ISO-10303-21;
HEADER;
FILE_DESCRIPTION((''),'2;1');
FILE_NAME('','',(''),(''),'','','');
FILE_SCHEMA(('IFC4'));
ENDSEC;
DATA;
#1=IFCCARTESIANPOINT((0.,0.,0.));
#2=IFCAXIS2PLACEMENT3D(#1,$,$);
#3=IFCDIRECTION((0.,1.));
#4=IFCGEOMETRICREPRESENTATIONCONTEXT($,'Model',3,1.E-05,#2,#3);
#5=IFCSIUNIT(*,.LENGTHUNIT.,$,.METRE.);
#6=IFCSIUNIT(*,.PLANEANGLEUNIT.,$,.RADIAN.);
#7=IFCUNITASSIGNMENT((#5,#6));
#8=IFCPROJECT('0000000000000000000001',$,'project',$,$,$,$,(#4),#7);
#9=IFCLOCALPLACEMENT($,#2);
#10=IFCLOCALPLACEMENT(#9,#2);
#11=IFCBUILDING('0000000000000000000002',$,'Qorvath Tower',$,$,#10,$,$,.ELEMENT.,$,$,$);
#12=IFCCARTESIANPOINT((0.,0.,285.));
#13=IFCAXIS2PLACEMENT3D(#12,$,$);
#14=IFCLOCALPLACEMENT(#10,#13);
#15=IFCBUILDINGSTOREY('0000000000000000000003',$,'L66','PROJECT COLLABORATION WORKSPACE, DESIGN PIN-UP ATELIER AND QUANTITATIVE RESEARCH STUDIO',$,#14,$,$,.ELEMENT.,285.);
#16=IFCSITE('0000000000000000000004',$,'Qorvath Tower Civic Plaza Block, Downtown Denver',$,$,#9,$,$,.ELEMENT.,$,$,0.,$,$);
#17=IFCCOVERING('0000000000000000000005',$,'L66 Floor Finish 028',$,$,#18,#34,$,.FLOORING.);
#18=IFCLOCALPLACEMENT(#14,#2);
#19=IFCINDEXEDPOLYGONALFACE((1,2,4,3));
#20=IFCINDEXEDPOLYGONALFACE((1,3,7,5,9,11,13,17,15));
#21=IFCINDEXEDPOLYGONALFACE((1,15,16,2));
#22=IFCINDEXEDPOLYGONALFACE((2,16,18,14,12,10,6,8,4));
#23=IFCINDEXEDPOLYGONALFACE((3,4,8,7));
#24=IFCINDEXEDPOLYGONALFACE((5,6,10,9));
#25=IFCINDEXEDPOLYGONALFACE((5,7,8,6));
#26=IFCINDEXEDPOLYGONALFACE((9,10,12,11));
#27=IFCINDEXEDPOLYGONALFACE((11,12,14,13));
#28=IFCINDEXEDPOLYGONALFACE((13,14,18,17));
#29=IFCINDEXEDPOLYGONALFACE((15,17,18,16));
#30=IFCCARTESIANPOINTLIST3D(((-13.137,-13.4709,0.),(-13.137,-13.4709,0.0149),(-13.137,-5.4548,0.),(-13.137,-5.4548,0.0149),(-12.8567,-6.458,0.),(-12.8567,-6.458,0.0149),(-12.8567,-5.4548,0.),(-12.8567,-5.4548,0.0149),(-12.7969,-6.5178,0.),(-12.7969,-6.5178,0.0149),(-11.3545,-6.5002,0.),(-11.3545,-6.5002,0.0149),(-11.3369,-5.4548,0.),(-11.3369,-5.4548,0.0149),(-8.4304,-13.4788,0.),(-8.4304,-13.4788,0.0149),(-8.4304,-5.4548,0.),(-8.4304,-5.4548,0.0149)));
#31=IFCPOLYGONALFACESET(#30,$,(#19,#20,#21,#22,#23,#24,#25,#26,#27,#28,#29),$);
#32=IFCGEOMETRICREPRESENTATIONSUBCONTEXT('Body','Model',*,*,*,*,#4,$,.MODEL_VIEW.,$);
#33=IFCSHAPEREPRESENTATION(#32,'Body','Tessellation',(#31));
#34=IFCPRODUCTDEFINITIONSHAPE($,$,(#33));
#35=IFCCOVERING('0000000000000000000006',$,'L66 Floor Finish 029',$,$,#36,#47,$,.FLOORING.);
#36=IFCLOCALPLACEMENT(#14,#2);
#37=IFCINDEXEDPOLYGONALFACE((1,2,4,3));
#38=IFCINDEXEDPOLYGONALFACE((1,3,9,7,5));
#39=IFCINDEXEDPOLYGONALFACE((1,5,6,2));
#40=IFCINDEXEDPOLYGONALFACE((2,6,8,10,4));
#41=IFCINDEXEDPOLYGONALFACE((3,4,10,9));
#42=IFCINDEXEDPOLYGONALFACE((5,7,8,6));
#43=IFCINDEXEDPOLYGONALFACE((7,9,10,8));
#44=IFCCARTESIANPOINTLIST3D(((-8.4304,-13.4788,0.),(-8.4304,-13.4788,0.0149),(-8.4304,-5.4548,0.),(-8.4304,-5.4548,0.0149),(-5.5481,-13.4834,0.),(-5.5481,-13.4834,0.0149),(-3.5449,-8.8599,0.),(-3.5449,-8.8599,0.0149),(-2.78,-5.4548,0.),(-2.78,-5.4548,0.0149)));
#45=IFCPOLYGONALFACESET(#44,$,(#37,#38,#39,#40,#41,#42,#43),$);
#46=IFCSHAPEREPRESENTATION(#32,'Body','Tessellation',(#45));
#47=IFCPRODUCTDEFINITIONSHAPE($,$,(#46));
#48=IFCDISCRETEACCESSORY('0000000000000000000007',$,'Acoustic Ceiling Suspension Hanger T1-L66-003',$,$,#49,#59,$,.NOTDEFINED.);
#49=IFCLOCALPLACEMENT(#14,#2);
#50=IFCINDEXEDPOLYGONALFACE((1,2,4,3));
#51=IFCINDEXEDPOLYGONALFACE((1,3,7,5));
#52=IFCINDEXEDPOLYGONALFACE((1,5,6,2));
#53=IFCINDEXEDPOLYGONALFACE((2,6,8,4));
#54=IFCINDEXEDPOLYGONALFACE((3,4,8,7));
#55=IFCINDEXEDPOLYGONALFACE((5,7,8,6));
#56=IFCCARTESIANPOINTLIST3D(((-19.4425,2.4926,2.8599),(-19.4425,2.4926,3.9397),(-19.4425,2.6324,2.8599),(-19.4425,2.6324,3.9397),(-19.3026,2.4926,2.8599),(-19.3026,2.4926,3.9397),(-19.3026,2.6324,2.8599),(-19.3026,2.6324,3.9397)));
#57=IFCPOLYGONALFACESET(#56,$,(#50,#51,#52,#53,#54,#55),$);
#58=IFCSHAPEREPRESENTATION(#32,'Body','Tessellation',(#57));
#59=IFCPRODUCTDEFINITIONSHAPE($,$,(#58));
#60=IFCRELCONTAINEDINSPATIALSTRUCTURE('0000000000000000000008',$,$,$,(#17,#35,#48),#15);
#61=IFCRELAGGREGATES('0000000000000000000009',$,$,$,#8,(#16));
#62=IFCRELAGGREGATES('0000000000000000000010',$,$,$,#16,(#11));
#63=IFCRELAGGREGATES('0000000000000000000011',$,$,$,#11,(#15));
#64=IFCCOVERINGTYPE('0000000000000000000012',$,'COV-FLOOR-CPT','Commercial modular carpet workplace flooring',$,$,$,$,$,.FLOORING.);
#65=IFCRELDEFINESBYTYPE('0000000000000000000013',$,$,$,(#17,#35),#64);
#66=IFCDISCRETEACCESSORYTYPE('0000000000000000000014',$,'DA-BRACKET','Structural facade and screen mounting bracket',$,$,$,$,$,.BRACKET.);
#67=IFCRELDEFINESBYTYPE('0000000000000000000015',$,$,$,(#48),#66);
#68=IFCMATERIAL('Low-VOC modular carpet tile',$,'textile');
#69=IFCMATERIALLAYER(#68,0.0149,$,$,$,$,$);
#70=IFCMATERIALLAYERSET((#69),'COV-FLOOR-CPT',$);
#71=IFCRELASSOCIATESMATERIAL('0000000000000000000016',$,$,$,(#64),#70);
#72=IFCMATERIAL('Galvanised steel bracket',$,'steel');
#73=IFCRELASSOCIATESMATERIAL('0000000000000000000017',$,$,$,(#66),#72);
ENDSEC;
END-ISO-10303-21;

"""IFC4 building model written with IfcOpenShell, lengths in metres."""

from ifc_helpers import new_model, si_unit, direction, frame, origin, origin_2d, place, context, subcontext, project, spatial, polyline, rectangle, outline, extrude, material, layer, layer_set, type_object, element, save


model = new_model("IFC4")

# Units and contexts
model_context = context("Model", 3, precision=1e-05, world=origin(), true_north=direction((0.0, 1.0)))
body_context = subcontext(model_context, "Body", "Model", "MODEL_VIEW")
ifc_project = project(units=[si_unit("LENGTHUNIT", "METRE"), si_unit("PLANEANGLEUNIT", "RADIAN")], contexts=[model_context])

# Site, building, storey
site_placement = place(None, origin())
site = spatial("IfcSite", under=ifc_project, at=site_placement, Name="Qorvath Tower Civic Plaza Block, Downtown Denver", CompositionType="ELEMENT", RefElevation=0.0)
building_placement = place(site_placement, origin())
building = spatial("IfcBuilding", under=site, at=building_placement, Name="Qorvath Tower", CompositionType="ELEMENT")
storey_placement = place(building_placement, frame((0.0, 0.0, 285.0)))
storey = spatial("IfcBuildingStorey", under=building, at=storey_placement, Name="L66", Description="PROJECT COLLABORATION WORKSPACE, DESIGN PIN-UP ATELIER AND QUANTITATIVE RESEARCH STUDIO", CompositionType="ELEMENT", Elevation=285.0)

# Coverings
ifc_material_1 = material(Name="Low-VOC modular carpet tile", Category="textile")
ifc_layer_1 = layer(ifc_material_1, 0.0149)
ifc_layer_set_1 = layer_set([ifc_layer_1], Name="COV-FLOOR-CPT")
covering_type_1 = type_object("IfcCoveringType", Name="COV-FLOOR-CPT", Description="Commercial modular carpet workplace flooring", PredefinedType="FLOORING", material=ifc_layer_set_1)
covering_1_placement = place(storey_placement, origin())
element("IfcCovering", 1, at=covering_1_placement, inside=storey, type_object=covering_type_1, Name="L66 Floor Finish 028", PredefinedType="FLOORING", context=body_context, shape_type="SweptSolid", body=[
    extrude(outline(polyline([(-13.137, -5.4548), (-13.137, -13.4709), (-8.4304, -13.4788), (-8.4304, -5.4548), (-11.3369, -5.4548), (-11.3545, -6.5002), (-12.7969, -6.5178), (-12.8567, -6.458), (-12.8567, -5.4548), (-13.137, -5.4548)])), origin(), (0.0, 0.0, 1.0), 0.0149),
])
covering_2_placement = place(storey_placement, origin())
element("IfcCovering", 2, at=covering_2_placement, inside=storey, type_object=covering_type_1, Name="L66 Floor Finish 029", PredefinedType="FLOORING", context=body_context, shape_type="SweptSolid", body=[
    extrude(outline(polyline([(-8.4304, -5.4548), (-8.4304, -13.4788), (-5.5481, -13.4834), (-3.5449, -8.8599), (-2.78, -5.4548), (-8.4304, -5.4548)])), origin(), (0.0, 0.0, 1.0), 0.0149),
])

# Discrete accessory
ifc_material_2 = material(Name="Galvanised steel bracket", Category="steel")
discrete_accessory_type = type_object("IfcDiscreteAccessoryType", Name="DA-BRACKET", Description="Structural facade and screen mounting bracket", PredefinedType="BRACKET", material=ifc_material_2)
discrete_accessory_placement = place(storey_placement, frame((-19.3726, 2.5625, 2.8599), z_axis=(0.0, 0.0, 1.0), x_axis=(1.0, 0.0, 0.0)))
element("IfcDiscreteAccessory", 3, at=discrete_accessory_placement, inside=storey, type_object=discrete_accessory_type, Name="Acoustic Ceiling Suspension Hanger T1-L66-003", PredefinedType="NOTDEFINED", context=body_context, shape_type="SweptSolid", body=[
    extrude(rectangle(XDim=0.1399, YDim=0.1399, at=origin_2d()), origin(), (0.0, 0.0, 1.0), 1.0798),
])

save(model, "model.ifc")
